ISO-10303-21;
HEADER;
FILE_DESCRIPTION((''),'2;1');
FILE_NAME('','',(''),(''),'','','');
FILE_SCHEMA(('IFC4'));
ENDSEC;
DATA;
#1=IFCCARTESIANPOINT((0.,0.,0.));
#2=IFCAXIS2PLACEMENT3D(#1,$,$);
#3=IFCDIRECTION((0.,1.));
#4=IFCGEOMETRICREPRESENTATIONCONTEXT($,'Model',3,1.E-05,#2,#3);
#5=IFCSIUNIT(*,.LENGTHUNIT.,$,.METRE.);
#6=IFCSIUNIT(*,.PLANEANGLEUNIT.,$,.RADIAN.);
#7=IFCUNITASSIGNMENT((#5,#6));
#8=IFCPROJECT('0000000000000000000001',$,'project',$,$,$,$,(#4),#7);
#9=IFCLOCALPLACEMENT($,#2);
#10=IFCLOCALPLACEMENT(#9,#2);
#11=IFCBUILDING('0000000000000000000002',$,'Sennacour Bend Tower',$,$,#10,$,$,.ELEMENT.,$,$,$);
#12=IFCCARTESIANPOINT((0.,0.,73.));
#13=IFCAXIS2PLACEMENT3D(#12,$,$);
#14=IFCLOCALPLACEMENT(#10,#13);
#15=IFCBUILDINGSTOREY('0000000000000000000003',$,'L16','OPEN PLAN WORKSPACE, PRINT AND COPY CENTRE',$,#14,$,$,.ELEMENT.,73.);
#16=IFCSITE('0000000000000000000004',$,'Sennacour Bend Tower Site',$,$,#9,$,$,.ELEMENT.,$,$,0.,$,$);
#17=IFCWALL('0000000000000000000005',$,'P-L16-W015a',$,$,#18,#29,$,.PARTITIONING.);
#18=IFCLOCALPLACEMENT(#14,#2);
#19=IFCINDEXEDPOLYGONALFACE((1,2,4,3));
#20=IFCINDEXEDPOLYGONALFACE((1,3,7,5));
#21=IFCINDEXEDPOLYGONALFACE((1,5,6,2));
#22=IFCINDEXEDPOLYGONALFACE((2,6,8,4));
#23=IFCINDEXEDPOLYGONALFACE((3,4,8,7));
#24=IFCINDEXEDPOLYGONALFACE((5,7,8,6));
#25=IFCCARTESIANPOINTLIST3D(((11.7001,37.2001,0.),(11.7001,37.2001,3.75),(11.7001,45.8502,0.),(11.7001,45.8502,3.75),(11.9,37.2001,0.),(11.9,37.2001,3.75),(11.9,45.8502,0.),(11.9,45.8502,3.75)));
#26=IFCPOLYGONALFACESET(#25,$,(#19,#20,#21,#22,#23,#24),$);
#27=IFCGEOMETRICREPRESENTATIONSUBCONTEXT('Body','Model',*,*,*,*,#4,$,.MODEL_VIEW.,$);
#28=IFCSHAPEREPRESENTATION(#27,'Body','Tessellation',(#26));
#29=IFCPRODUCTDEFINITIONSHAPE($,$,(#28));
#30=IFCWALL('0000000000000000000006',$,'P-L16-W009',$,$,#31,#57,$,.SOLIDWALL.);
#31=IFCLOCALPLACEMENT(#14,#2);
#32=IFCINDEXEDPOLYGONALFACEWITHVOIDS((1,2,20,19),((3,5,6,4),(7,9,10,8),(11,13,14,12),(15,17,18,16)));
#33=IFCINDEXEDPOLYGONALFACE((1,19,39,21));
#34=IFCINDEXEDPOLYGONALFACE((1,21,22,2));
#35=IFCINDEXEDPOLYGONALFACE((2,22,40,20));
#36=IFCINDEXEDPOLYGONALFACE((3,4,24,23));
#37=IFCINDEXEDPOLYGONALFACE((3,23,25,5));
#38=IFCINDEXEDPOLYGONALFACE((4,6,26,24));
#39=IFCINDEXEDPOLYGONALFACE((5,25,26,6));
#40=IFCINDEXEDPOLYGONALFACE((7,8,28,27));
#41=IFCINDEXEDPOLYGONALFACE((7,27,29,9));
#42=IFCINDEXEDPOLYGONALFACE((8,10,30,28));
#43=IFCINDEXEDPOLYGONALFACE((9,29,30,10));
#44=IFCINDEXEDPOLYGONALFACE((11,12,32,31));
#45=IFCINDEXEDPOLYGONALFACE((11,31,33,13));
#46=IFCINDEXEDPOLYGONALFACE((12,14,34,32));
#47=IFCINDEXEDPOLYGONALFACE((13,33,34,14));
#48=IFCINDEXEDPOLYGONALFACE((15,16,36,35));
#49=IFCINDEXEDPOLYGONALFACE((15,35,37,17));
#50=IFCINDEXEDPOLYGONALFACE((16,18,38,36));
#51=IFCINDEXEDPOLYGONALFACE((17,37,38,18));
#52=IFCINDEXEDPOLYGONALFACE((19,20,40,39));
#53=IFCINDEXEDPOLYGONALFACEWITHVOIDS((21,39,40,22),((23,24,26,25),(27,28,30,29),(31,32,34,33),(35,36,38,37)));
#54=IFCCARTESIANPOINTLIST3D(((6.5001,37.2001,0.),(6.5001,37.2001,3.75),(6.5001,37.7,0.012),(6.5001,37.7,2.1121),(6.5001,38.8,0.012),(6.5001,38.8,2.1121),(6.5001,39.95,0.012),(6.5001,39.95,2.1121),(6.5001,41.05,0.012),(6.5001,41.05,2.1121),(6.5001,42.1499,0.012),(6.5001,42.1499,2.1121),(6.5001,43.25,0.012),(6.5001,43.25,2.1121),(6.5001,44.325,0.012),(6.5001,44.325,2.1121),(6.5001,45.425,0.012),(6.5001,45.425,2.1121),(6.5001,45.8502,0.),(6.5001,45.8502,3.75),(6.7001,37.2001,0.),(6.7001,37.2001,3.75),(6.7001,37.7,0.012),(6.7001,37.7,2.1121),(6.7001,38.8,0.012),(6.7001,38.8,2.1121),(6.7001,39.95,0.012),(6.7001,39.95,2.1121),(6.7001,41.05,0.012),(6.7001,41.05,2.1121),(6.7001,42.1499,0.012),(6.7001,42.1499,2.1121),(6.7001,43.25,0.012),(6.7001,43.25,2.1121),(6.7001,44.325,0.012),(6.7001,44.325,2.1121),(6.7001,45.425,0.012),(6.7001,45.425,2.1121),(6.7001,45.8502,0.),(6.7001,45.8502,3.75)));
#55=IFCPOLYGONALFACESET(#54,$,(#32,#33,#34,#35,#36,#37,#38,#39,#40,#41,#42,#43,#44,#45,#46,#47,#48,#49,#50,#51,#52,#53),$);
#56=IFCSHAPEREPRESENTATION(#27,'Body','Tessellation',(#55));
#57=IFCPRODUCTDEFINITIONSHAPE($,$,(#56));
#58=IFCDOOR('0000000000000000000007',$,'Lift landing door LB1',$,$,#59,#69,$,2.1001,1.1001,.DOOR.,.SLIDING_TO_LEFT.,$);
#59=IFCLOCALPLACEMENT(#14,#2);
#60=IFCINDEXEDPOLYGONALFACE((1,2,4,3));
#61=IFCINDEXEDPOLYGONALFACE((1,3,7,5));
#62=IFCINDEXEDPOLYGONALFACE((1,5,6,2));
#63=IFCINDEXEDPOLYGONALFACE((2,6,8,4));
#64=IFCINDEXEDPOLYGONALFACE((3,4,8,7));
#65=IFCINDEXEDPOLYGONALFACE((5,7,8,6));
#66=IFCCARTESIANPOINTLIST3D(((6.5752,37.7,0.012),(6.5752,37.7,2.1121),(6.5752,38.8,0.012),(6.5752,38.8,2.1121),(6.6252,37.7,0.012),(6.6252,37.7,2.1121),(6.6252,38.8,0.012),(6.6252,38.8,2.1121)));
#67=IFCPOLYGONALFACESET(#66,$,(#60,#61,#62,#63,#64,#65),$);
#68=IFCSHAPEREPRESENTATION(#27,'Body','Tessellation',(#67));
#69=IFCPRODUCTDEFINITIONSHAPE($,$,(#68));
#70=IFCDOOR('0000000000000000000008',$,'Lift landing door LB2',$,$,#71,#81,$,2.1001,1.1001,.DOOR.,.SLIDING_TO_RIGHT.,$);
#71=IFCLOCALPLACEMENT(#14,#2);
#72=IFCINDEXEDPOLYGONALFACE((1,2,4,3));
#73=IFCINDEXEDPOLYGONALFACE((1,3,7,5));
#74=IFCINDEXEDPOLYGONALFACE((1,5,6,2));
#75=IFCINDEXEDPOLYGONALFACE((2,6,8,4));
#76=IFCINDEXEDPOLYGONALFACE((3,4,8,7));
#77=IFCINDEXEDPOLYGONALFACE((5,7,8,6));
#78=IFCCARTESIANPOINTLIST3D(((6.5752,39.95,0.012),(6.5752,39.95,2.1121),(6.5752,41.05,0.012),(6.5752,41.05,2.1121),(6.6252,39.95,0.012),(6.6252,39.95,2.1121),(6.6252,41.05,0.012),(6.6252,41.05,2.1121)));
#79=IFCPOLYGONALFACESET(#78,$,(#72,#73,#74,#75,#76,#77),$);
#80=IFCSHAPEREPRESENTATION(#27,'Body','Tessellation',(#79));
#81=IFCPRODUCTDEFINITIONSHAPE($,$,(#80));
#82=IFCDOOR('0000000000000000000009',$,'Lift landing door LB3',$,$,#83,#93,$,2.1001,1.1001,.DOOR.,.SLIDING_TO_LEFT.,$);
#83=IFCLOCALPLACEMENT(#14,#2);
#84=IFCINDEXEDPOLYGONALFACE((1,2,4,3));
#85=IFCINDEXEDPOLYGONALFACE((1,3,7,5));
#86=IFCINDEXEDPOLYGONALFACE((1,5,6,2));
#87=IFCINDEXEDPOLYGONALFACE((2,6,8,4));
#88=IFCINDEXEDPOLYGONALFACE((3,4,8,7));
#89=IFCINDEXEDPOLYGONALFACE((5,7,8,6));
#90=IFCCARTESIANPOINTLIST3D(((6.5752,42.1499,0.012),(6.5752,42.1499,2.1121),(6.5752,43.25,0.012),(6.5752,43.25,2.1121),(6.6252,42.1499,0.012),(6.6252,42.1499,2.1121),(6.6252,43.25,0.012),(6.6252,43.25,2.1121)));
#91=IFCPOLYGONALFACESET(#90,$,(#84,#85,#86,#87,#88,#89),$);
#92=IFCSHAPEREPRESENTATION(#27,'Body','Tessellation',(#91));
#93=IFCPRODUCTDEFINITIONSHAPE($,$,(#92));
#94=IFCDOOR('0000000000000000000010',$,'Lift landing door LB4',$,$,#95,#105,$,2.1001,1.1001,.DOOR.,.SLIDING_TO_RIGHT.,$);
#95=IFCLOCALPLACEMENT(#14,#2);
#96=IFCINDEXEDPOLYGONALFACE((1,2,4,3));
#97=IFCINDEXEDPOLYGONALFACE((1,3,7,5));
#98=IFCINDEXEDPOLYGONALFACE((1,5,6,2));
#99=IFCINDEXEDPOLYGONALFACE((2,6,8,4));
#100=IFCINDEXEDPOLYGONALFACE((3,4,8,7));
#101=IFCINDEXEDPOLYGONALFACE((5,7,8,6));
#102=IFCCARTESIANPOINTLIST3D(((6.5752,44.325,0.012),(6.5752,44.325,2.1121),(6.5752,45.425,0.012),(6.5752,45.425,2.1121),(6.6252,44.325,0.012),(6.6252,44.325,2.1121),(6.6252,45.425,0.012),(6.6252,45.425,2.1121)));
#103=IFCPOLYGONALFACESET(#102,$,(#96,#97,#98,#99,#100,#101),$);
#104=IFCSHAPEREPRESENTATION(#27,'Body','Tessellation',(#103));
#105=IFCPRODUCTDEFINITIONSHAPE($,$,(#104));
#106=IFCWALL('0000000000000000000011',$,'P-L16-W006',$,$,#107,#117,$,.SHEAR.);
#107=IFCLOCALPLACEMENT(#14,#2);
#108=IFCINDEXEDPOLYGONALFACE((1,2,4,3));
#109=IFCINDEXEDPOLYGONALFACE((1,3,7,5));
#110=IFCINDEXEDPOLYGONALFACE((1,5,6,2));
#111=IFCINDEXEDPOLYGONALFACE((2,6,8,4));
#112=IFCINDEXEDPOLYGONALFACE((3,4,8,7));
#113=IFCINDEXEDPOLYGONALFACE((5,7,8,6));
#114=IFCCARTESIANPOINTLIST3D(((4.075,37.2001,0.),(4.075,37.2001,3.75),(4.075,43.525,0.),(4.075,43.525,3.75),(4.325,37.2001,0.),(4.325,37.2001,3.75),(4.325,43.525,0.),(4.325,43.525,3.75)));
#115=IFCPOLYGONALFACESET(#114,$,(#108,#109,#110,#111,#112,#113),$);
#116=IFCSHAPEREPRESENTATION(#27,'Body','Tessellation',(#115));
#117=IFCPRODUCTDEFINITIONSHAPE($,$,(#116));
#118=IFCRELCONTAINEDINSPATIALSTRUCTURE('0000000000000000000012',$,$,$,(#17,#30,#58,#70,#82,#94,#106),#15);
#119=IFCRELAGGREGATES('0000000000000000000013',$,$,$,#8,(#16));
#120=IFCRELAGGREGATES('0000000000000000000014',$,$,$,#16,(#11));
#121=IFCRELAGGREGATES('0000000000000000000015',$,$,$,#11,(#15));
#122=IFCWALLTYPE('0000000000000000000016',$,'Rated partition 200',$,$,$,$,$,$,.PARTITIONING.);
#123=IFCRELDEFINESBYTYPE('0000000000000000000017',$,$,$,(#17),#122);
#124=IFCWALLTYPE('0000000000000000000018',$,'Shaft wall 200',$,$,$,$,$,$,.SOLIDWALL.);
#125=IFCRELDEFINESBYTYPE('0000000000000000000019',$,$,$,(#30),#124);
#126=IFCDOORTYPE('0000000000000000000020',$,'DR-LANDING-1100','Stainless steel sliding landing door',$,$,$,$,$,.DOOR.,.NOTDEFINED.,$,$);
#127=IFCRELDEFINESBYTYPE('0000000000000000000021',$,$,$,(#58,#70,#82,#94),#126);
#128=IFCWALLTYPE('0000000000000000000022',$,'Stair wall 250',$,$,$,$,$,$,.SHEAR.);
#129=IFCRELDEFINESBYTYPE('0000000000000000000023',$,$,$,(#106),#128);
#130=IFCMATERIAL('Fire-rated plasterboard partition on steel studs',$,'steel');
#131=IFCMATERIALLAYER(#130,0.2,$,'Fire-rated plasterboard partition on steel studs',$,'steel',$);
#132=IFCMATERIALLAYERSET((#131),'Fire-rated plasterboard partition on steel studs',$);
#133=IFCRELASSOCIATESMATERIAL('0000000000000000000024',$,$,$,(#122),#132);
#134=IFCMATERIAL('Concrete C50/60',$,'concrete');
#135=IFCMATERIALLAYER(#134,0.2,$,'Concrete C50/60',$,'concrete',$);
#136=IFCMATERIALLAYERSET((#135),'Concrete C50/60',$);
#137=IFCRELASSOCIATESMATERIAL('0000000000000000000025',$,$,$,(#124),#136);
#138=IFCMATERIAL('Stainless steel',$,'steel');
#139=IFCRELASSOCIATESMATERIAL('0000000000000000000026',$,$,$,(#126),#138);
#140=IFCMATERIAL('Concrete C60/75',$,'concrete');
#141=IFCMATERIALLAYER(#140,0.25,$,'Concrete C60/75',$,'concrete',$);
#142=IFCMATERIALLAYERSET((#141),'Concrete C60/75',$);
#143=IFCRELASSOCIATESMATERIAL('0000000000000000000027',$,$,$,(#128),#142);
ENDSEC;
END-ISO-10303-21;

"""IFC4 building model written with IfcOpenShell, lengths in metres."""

from ifc_helpers import new_model, si_unit, direction, frame, frame_2d, origin, place, context, subcontext, project, spatial, rectangle, extrude, material, layer, layer_set, type_object, element, fill, save


model = new_model("IFC4")

# Units and contexts
model_context = context("Model", 3, precision=1e-05, world=origin(), true_north=direction((0.0, 1.0)))
body_context = subcontext(model_context, "Body", "Model", "MODEL_VIEW")
ifc_project = project(units=[si_unit("LENGTHUNIT", "METRE"), si_unit("PLANEANGLEUNIT", "RADIAN")], contexts=[model_context])

# Site, building, storey
site_placement = place(None, origin())
site = spatial("IfcSite", under=ifc_project, at=site_placement, Name="Sennacour Bend Tower Site", CompositionType="ELEMENT", RefElevation=0.0)
building_placement = place(site_placement, origin())
building = spatial("IfcBuilding", under=site, at=building_placement, Name="Sennacour Bend Tower", CompositionType="ELEMENT")
storey_placement = place(building_placement, frame((0.0, 0.0, 73.0)))
storey = spatial("IfcBuildingStorey", under=building, at=storey_placement, Name="L16", Description="OPEN PLAN WORKSPACE, PRINT AND COPY CENTRE", CompositionType="ELEMENT", Elevation=73.0)

# Shared definitions
ifc_material_1 = material(Name="Fire-rated plasterboard partition on steel studs", Category="steel")
ifc_layer_1 = layer(ifc_material_1, 0.2, Name="Fire-rated plasterboard partition on steel studs", Category="steel")
ifc_layer_set_1 = layer_set([ifc_layer_1], Name="Fire-rated plasterboard partition on steel studs")
wall_type_1 = type_object("IfcWallType", Name="Rated partition 200", PredefinedType="PARTITIONING", material=ifc_layer_set_1)

# Wall
wall_1_placement = place(storey_placement, frame((11.8, 37.2, 0.0), z_axis=(0.0, 0.0, 1.0), x_axis=(0.0, 1.0, 0.0)))
element("IfcWall", 1, at=wall_1_placement, inside=storey, type_object=wall_type_1, Name="P-L16-W015a", PredefinedType="PARTITIONING", context=body_context, shape_type="SweptSolid", body=[
    extrude(rectangle(XDim=8.6501, YDim=0.2, at=frame_2d((4.3252, 0.0))), origin(), (0.0, 0.0, 1.0), 3.75),
])

# Wall, openings, doors
ifc_material_2 = material(Name="Concrete C50/60", Category="concrete")
ifc_layer_2 = layer(ifc_material_2, 0.2, Name="Concrete C50/60", Category="concrete")
ifc_layer_set_2 = layer_set([ifc_layer_2], Name="Concrete C50/60")
wall_type_2 = type_object("IfcWallType", Name="Shaft wall 200", PredefinedType="SOLIDWALL", material=ifc_layer_set_2)
wall_2_placement = place(storey_placement, frame((6.6001, 37.2, 0.0), z_axis=(0.0, 0.0, 1.0), x_axis=(0.0, 1.0, 0.0)))
wall_2 = element("IfcWall", 2, at=wall_2_placement, inside=storey, type_object=wall_type_2, Name="P-L16-W009", PredefinedType="SOLIDWALL", context=body_context, shape_type="SweptSolid", body=[
    extrude(rectangle(XDim=8.6501, YDim=0.2, at=frame_2d((4.3252, 0.0))), origin(), (0.0, 0.0, 1.0), 3.75),
])
opening_1_placement = place(wall_2_placement, frame((0.5, 0.0, 0.012)))
opening_1 = element("IfcOpeningElement", 3, at=opening_1_placement, cuts=wall_2, PredefinedType="OPENING", context=body_context, shape_type="SweptSolid", body=[
    extrude(rectangle(XDim=1.1001, YDim=2.1001, at=frame_2d((0.55, 1.05))), frame((0.0, 0.1099, 0.0), z_axis=(0.0, -1.0, 0.0), x_axis=(1.0, 0.0, 0.0)), (0.0, 0.0, 1.0), 0.22),
])
opening_2_placement = place(wall_2_placement, frame((2.75, 0.0, 0.012)))
opening_2 = element("IfcOpeningElement", 4, at=opening_2_placement, cuts=wall_2, PredefinedType="OPENING", context=body_context, shape_type="SweptSolid", body=[
    extrude(rectangle(XDim=1.1001, YDim=2.1001, at=frame_2d((0.55, 1.05))), frame((0.0, 0.1099, 0.0), z_axis=(0.0, -1.0, 0.0), x_axis=(1.0, 0.0, 0.0)), (0.0, 0.0, 1.0), 0.22),
])
opening_3_placement = place(wall_2_placement, frame((4.95, 0.0, 0.012)))
opening_3 = element("IfcOpeningElement", 5, at=opening_3_placement, cuts=wall_2, PredefinedType="OPENING", context=body_context, shape_type="SweptSolid", body=[
    extrude(rectangle(XDim=1.1001, YDim=2.1001, at=frame_2d((0.55, 1.05))), frame((0.0, 0.1099, 0.0), z_axis=(0.0, -1.0, 0.0), x_axis=(1.0, 0.0, 0.0)), (0.0, 0.0, 1.0), 0.22),
])
opening_4_placement = place(wall_2_placement, frame((7.125, 0.0, 0.012)))
opening_4 = element("IfcOpeningElement", 6, at=opening_4_placement, cuts=wall_2, PredefinedType="OPENING", context=body_context, shape_type="SweptSolid", body=[
    extrude(rectangle(XDim=1.1001, YDim=2.1001, at=frame_2d((0.55, 1.05))), frame((0.0, 0.1099, 0.0), z_axis=(0.0, -1.0, 0.0), x_axis=(1.0, 0.0, 0.0)), (0.0, 0.0, 1.0), 0.22),
])
ifc_material_3 = material(Name="Stainless steel", Category="steel")
door_type_1 = type_object("IfcDoorType", Name="DR-LANDING-1100", Description="Stainless steel sliding landing door", OperationType="NOTDEFINED", PredefinedType="DOOR", material=ifc_material_3)
door_1_placement = place(opening_1_placement, origin())
door_1 = element("IfcDoor", 7, at=door_1_placement, inside=storey, type_object=door_type_1, Name="Lift landing door LB1", OperationType="SLIDING_TO_LEFT", OverallHeight=2.1001, OverallWidth=1.1001, PredefinedType="DOOR", context=body_context, shape_type="SweptSolid", body=[
    extrude(rectangle(XDim=1.1001, YDim=2.1001, at=frame_2d((0.55, 1.05))), frame((0.0, 0.0249, 0.0), z_axis=(0.0, -1.0, 0.0), x_axis=(1.0, 0.0, 0.0)), (0.0, 0.0, 1.0), 0.05),
])
fill(opening_1, door_1)
door_2_placement = place(opening_2_placement, origin())
door_2 = element("IfcDoor", 8, at=door_2_placement, inside=storey, type_object=door_type_1, Name="Lift landing door LB2", OperationType="SLIDING_TO_RIGHT", OverallHeight=2.1001, OverallWidth=1.1001, PredefinedType="DOOR", context=body_context, shape_type="SweptSolid", body=[
    extrude(rectangle(XDim=1.1001, YDim=2.1001, at=frame_2d((0.55, 1.05))), frame((0.0, 0.0249, 0.0), z_axis=(0.0, -1.0, 0.0), x_axis=(1.0, 0.0, 0.0)), (0.0, 0.0, 1.0), 0.05),
])
fill(opening_2, door_2)
door_3_placement = place(opening_3_placement, origin())
door_3 = element("IfcDoor", 9, at=door_3_placement, inside=storey, type_object=door_type_1, Name="Lift landing door LB3", OperationType="SLIDING_TO_LEFT", OverallHeight=2.1001, OverallWidth=1.1001, PredefinedType="DOOR", context=body_context, shape_type="SweptSolid", body=[
    extrude(rectangle(XDim=1.1001, YDim=2.1001, at=frame_2d((0.55, 1.05))), frame((0.0, 0.0249, 0.0), z_axis=(0.0, -1.0, 0.0), x_axis=(1.0, 0.0, 0.0)), (0.0, 0.0, 1.0), 0.05),
])
fill(opening_3, door_3)
door_4_placement = place(opening_4_placement, origin())
door_4 = element("IfcDoor", 10, at=door_4_placement, inside=storey, type_object=door_type_1, Name="Lift landing door LB4", OperationType="SLIDING_TO_RIGHT", OverallHeight=2.1001, OverallWidth=1.1001, PredefinedType="DOOR", context=body_context, shape_type="SweptSolid", body=[
    extrude(rectangle(XDim=1.1001, YDim=2.1001, at=frame_2d((0.55, 1.05))), frame((0.0, 0.0249, 0.0), z_axis=(0.0, -1.0, 0.0), x_axis=(1.0, 0.0, 0.0)), (0.0, 0.0, 1.0), 0.05),
])
fill(opening_4, door_4)

# Wall
ifc_material_4 = material(Name="Concrete C60/75", Category="concrete")
ifc_layer_3 = layer(ifc_material_4, 0.25, Name="Concrete C60/75", Category="concrete")
ifc_layer_set_3 = layer_set([ifc_layer_3], Name="Concrete C60/75")
wall_type_3 = type_object("IfcWallType", Name="Stair wall 250", PredefinedType="SHEAR", material=ifc_layer_set_3)
wall_3_placement = place(storey_placement, frame((4.2, 37.2, 0.0), z_axis=(0.0, 0.0, 1.0), x_axis=(0.0, 1.0, 0.0)))
element("IfcWall", 11, at=wall_3_placement, inside=storey, type_object=wall_type_3, Name="P-L16-W006", PredefinedType="SHEAR", context=body_context, shape_type="SweptSolid", body=[
    extrude(rectangle(XDim=6.325, YDim=0.25, at=frame_2d((3.1626, 0.0))), origin(), (0.0, 0.0, 1.0), 3.75),
])

save(model, "model.ifc")
